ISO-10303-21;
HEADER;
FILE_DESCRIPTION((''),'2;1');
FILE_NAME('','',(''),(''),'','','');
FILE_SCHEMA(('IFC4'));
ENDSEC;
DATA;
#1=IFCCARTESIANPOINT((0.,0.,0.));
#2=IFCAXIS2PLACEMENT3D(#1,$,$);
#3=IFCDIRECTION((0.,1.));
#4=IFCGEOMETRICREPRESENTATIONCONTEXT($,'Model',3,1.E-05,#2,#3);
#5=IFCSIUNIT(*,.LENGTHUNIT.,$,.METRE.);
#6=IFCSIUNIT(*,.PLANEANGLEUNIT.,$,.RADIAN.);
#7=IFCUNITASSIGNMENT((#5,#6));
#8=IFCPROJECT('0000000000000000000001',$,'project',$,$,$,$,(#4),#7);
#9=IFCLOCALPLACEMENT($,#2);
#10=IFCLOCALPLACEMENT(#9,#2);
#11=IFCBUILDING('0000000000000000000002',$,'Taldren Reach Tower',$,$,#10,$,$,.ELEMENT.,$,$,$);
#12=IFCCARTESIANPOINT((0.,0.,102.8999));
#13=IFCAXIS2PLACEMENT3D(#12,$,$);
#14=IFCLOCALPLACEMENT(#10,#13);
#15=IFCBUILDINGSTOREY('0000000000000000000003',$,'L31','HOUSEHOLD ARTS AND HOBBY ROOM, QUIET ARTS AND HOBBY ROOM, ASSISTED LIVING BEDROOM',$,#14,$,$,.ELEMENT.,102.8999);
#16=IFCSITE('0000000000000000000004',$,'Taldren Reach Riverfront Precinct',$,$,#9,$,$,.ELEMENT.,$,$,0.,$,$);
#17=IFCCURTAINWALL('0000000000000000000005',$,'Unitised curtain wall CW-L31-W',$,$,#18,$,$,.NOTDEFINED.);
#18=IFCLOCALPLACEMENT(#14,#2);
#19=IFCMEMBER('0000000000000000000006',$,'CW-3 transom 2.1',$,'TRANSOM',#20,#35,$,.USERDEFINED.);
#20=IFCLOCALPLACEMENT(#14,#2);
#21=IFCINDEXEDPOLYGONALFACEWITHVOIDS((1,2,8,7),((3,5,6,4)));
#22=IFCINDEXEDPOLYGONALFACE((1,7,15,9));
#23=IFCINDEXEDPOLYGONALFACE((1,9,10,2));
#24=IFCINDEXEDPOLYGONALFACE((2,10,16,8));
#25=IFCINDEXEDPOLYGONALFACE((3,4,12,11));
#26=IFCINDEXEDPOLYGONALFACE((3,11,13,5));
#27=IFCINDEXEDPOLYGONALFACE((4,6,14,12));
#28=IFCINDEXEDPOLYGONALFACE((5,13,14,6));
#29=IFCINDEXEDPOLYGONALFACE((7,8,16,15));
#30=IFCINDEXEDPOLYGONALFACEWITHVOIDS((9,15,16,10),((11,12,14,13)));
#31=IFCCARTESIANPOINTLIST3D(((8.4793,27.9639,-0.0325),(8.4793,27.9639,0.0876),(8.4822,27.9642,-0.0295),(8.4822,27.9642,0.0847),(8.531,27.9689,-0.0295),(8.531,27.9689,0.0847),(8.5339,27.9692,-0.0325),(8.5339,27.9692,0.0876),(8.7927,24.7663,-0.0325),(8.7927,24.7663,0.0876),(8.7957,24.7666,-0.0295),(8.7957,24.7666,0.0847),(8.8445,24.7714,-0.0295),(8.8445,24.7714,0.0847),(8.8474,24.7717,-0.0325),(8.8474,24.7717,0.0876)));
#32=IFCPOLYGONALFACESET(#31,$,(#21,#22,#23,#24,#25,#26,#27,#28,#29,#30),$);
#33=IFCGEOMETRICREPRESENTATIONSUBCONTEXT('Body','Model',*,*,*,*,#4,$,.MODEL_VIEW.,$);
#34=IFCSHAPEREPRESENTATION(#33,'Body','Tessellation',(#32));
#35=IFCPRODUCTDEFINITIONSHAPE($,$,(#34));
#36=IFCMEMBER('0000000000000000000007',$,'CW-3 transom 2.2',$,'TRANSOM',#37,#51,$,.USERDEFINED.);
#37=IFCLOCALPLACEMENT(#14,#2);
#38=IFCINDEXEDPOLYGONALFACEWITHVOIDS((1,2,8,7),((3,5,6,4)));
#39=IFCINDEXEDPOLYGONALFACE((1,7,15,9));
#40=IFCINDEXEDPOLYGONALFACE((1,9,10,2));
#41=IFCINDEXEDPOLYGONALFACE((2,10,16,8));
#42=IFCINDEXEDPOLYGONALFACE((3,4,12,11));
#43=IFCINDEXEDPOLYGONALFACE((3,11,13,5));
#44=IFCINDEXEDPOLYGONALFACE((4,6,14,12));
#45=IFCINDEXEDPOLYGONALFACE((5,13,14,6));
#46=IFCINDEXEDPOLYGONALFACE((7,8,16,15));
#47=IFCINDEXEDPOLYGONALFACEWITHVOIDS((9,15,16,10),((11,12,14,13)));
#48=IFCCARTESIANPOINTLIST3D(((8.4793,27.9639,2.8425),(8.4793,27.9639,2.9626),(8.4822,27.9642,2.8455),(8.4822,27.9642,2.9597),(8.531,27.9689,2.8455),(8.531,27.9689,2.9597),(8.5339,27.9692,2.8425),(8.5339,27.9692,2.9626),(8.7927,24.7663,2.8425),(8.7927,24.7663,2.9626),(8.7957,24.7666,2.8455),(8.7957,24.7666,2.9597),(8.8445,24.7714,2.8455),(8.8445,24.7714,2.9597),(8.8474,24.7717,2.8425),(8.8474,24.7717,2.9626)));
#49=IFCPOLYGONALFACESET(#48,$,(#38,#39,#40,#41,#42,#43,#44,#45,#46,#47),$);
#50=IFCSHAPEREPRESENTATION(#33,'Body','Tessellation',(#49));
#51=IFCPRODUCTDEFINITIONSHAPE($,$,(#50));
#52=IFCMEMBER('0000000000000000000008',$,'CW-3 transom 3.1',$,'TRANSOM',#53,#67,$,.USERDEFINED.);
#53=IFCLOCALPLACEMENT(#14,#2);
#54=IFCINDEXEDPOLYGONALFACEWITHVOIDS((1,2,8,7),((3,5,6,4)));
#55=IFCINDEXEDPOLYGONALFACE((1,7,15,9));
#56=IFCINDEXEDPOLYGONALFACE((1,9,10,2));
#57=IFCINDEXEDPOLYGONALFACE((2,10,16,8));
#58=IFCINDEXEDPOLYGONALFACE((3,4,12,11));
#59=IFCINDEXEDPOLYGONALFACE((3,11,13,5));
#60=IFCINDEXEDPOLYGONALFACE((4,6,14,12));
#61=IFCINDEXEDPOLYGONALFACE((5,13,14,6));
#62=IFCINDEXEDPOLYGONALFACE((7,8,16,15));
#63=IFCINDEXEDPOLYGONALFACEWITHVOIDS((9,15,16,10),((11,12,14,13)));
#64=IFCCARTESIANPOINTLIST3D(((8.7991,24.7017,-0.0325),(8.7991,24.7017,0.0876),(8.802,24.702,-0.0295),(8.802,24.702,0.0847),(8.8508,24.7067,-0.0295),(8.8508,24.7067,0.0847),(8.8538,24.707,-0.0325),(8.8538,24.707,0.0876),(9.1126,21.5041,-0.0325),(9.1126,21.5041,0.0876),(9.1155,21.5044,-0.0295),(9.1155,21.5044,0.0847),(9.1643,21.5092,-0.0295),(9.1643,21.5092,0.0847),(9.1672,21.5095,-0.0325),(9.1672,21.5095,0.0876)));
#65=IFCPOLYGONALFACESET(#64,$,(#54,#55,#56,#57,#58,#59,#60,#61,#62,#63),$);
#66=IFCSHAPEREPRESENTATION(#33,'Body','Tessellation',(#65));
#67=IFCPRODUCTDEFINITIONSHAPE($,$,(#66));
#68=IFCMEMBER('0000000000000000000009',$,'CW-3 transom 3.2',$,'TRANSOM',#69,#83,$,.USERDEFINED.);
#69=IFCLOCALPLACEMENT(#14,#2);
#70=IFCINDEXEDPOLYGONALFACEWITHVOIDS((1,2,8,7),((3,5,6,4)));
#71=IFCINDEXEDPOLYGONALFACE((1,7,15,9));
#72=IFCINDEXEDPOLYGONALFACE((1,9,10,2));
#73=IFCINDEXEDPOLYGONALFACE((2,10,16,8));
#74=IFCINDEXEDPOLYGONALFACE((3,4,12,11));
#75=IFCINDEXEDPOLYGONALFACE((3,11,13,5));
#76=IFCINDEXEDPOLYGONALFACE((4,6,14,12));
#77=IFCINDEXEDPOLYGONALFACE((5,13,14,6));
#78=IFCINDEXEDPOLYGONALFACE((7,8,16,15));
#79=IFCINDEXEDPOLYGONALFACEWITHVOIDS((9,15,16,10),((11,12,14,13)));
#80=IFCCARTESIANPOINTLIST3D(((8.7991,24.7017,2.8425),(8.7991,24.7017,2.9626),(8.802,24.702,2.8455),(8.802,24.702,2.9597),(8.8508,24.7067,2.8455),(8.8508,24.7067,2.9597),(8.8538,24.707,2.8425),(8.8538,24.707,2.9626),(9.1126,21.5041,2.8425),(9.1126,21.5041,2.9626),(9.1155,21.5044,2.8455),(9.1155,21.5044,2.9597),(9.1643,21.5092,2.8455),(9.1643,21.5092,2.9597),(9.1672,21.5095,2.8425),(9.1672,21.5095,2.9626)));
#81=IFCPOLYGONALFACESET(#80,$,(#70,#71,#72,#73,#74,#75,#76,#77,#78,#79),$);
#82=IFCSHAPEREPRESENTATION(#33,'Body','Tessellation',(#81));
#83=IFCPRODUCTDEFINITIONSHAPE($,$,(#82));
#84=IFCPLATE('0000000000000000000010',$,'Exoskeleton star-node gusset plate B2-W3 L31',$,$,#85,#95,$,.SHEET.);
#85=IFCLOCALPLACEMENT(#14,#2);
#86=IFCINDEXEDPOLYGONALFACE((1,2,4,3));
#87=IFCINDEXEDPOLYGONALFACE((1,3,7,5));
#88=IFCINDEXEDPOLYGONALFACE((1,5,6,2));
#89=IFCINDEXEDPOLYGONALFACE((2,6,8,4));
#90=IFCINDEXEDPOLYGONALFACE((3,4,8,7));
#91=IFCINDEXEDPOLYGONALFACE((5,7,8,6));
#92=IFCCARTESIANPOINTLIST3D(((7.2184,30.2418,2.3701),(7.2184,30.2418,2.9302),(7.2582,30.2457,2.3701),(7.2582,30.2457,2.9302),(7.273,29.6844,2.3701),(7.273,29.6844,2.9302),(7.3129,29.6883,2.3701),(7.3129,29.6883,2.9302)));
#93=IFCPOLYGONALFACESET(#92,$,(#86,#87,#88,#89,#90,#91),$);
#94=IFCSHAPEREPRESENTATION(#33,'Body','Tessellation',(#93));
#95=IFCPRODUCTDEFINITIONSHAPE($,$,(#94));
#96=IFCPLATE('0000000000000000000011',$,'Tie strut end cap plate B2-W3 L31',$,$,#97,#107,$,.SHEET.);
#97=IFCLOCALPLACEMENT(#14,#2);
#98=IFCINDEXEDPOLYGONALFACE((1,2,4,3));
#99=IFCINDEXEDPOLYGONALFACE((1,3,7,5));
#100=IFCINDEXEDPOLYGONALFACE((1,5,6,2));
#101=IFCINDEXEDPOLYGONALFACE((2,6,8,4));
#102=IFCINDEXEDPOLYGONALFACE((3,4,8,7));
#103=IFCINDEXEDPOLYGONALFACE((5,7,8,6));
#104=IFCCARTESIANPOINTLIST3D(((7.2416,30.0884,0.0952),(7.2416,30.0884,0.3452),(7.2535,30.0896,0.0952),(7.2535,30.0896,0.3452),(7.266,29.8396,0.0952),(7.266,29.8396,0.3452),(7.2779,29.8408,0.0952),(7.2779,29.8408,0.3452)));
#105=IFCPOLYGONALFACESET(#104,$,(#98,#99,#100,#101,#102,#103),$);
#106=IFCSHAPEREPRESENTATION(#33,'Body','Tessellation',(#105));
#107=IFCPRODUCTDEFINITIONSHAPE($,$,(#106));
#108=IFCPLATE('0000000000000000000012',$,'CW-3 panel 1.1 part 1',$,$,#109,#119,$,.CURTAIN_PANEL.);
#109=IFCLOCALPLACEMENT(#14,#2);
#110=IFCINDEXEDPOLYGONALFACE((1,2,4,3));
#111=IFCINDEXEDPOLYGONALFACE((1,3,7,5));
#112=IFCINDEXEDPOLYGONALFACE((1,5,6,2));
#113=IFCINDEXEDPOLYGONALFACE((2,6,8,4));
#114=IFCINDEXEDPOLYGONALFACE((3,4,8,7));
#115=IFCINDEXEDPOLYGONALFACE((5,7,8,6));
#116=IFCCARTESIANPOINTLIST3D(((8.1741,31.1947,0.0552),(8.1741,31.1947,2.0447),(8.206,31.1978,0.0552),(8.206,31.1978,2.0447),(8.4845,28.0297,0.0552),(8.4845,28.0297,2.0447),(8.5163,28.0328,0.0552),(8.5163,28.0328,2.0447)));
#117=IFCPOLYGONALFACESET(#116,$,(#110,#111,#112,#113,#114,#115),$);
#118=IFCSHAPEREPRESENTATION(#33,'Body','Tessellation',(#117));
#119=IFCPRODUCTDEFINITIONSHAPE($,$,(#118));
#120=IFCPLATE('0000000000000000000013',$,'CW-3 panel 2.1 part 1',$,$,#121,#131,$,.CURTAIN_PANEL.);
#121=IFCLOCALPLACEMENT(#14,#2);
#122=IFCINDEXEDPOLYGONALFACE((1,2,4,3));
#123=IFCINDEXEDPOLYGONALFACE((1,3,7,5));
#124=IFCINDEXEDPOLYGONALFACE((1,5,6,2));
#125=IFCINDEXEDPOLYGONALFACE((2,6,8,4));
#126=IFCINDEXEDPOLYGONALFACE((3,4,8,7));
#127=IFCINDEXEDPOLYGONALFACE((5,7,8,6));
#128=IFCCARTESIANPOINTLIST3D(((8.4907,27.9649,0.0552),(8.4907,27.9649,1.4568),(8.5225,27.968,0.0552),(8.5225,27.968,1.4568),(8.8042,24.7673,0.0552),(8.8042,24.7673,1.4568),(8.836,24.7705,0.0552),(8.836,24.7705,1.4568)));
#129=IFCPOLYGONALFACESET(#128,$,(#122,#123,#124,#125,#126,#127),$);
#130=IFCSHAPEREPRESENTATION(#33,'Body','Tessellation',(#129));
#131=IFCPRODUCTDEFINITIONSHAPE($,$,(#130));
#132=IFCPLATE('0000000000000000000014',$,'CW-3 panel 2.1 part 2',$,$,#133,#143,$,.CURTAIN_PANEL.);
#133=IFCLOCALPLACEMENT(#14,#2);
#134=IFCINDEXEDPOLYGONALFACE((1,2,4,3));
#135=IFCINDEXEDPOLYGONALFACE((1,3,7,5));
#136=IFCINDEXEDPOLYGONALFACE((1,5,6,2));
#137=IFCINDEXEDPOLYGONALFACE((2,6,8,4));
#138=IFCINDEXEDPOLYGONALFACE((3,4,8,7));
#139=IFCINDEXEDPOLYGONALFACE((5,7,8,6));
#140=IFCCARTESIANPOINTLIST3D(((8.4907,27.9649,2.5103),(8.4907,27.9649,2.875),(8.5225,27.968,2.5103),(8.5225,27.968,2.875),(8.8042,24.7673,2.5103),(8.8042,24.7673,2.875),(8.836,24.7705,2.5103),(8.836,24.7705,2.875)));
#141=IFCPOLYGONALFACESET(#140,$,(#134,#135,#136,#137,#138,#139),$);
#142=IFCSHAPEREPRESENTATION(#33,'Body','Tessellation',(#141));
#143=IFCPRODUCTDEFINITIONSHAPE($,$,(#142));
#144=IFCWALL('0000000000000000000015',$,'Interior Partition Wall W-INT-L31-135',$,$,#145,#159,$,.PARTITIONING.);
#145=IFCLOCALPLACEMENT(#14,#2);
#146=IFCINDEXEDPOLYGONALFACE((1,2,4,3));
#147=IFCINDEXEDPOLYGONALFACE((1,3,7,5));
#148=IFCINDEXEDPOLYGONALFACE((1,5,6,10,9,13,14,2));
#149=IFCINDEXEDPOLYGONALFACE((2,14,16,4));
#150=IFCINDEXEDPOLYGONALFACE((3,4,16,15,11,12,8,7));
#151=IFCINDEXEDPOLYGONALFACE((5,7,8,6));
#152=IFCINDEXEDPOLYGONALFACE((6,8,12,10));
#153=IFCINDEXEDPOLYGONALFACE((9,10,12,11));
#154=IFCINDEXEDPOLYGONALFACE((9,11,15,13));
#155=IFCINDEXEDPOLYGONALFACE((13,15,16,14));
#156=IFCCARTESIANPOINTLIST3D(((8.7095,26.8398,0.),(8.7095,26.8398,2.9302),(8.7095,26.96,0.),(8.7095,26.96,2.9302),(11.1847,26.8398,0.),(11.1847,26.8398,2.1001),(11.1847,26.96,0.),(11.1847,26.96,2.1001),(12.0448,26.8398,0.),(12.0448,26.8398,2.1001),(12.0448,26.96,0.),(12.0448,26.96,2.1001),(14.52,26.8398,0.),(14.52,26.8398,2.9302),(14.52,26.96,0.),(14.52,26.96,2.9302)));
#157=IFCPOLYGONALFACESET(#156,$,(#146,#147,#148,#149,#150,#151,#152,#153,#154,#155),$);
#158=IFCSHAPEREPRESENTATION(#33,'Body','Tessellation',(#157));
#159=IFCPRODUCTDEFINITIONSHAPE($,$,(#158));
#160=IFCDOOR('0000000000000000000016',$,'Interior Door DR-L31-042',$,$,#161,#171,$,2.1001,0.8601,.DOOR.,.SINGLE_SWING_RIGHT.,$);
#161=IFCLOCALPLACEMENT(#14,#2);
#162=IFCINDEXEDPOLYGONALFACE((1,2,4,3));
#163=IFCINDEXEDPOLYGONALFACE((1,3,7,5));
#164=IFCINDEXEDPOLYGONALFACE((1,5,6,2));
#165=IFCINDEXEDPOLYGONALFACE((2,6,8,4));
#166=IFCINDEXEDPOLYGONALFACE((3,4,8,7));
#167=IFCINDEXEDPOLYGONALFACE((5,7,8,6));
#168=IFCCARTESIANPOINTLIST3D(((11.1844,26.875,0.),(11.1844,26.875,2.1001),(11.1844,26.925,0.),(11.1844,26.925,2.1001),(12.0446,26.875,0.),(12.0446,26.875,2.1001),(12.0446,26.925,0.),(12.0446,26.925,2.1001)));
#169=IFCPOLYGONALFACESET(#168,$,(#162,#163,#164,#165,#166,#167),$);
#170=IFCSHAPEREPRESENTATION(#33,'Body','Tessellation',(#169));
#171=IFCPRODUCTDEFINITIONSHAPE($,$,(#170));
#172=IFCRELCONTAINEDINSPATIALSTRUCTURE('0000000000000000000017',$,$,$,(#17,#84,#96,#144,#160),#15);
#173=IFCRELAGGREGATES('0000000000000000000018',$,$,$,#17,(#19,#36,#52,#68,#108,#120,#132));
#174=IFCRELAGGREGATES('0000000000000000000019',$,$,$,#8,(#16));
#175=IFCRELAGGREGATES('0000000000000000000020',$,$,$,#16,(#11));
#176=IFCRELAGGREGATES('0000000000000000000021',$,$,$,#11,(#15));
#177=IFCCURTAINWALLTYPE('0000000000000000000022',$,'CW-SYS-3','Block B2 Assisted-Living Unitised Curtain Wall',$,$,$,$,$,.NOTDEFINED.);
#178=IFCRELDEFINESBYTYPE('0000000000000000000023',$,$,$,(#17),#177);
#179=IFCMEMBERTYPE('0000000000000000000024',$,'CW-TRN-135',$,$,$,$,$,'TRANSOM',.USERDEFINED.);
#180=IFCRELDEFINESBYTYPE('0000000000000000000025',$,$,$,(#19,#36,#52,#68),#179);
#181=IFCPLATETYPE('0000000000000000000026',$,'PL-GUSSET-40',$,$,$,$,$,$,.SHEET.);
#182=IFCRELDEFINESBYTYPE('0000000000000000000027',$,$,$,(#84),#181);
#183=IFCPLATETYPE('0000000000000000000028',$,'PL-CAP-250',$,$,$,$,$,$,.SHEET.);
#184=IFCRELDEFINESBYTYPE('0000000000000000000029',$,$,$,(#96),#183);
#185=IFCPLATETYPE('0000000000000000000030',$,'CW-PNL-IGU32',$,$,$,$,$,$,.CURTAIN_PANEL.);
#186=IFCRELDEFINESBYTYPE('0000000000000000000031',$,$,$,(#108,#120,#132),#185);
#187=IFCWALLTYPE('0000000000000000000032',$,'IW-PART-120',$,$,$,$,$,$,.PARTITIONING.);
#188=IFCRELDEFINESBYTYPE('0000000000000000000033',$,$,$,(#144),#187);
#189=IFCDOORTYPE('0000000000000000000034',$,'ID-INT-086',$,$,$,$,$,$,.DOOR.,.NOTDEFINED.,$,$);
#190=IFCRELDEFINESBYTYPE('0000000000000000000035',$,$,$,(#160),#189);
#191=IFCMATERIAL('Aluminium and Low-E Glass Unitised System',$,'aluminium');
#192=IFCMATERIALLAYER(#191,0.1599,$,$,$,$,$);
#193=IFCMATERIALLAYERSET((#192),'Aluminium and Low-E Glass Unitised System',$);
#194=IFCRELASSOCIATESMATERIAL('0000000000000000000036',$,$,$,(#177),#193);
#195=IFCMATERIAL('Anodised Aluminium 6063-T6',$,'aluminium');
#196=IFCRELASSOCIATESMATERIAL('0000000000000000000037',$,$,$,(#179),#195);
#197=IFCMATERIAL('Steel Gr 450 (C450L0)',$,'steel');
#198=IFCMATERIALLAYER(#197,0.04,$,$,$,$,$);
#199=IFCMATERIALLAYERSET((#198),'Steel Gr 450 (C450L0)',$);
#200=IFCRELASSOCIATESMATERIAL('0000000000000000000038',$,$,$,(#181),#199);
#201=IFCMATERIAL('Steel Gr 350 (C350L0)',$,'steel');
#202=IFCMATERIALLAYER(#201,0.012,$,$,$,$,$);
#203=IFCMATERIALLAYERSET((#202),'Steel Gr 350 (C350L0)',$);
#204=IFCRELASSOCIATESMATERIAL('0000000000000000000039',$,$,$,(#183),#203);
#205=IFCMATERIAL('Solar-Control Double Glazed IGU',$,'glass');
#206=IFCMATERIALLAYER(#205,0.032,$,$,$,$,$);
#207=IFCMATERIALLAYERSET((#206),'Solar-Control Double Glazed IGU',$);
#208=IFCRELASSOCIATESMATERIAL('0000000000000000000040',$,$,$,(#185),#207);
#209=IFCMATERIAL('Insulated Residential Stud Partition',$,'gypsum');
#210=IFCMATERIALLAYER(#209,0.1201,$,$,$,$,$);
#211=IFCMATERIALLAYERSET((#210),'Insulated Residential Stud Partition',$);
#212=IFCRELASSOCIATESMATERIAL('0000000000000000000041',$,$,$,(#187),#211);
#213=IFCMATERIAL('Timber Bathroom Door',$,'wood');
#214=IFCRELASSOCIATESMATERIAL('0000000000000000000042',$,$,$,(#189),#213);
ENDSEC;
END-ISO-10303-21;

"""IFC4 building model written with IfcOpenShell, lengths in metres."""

from ifc_helpers import new_model, si_unit, direction, frame, frame_2d, origin, origin_2d, place, context, subcontext, project, spatial, rectangle, hollow_rectangle, extrude, source, transform, mapped, material, layer, layer_set, material_profile, profile_set, type_object, element, fill, aggregate, save


model = new_model("IFC4")

# Units and contexts
model_context = context("Model", 3, precision=1e-05, world=origin(), true_north=direction((0.0, 1.0)))
body_context = subcontext(model_context, "Body", "Model", "MODEL_VIEW")
ifc_project = project(units=[si_unit("LENGTHUNIT", "METRE"), si_unit("PLANEANGLEUNIT", "RADIAN")], contexts=[model_context])

# Site, building, storey
site_placement = place(None, origin())
site = spatial("IfcSite", under=ifc_project, at=site_placement, Name="Taldren Reach Riverfront Precinct", CompositionType="ELEMENT", RefElevation=0.0)
building_placement = place(site_placement, origin())
building = spatial("IfcBuilding", under=site, at=building_placement, Name="Taldren Reach Tower", CompositionType="ELEMENT")
storey_placement = place(building_placement, frame((0.0, 0.0, 102.8999)))
storey = spatial("IfcBuildingStorey", under=building, at=storey_placement, Name="L31", Description="HOUSEHOLD ARTS AND HOBBY ROOM, QUIET ARTS AND HOBBY ROOM, ASSISTED LIVING BEDROOM", CompositionType="ELEMENT", Elevation=102.8999)

# Shared definitions
ifc_material_1 = material(Name="Steel Gr 450 (C450L0)", Category="steel")
ifc_material_2 = material(Name="Steel Gr 350 (C350L0)", Category="steel")

# Curtain wall, members
ifc_material_3 = material(Name="Aluminium and Low-E Glass Unitised System", Category="aluminium")
ifc_layer_1 = layer(ifc_material_3, 0.1599)
ifc_layer_set_1 = layer_set([ifc_layer_1], Name="Aluminium and Low-E Glass Unitised System")
curtain_wall_type = type_object("IfcCurtainWallType", Name="CW-SYS-3", Description="Block B2 Assisted-Living Unitised Curtain Wall", PredefinedType="NOTDEFINED", material=ifc_layer_set_1)
curtain_wall_placement = place(storey_placement, origin())
curtain_wall = element("IfcCurtainWall", 1, at=curtain_wall_placement, inside=storey, type_object=curtain_wall_type, Name="Unitised curtain wall CW-L31-W", PredefinedType="NOTDEFINED")
ifc_material_4 = material(Name="Anodised Aluminium 6063-T6", Category="aluminium")
ifc_material_profile_1 = material_profile(ifc_material_4, hollow_rectangle(XDim=0.0549, YDim=0.1201, WallThickness=0.0029, at=origin_2d()), Name="ALU-120x55x3RHS")
ifc_profile_set_1 = profile_set([ifc_material_profile_1], Name="Anodised Aluminium 6063-T6")
member_type_1 = type_object("IfcMemberType", Name="CW-TRN-135", ElementType="TRANSOM", PredefinedType="USERDEFINED", material=ifc_profile_set_1)
shared_shape_1 = source(origin(), body_context, "Body", "SweptSolid", [
    extrude(hollow_rectangle(XDim=0.0549, YDim=0.1201, WallThickness=0.0029, at=origin_2d()), origin(), (0.0, 0.0, 1.0), 3.2129),
])
member_1_placement = place(storey_placement, frame((8.5066, 27.9666, 0.0276), z_axis=(0.09757, -0.995229, 0.0), x_axis=(0.995229, 0.09757, 0.0)))
member_1 = element("IfcMember", 2, at=member_1_placement, type_object=member_type_1, Name="CW-3 transom 2.1", ObjectType="TRANSOM", PredefinedType="USERDEFINED", context=body_context, shape_type="MappedRepresentation", body=[
    mapped(shared_shape_1, transform((0.0, 0.0, 0.0), scale=1.0)),
])
member_2_placement = place(storey_placement, frame((8.5066, 27.9666, 2.9026), z_axis=(0.09757, -0.995229, 0.0), x_axis=(0.995229, 0.09757, 0.0)))
member_2 = element("IfcMember", 3, at=member_2_placement, type_object=member_type_1, Name="CW-3 transom 2.2", ObjectType="TRANSOM", PredefinedType="USERDEFINED", context=body_context, shape_type="MappedRepresentation", body=[
    mapped(shared_shape_1, transform((0.0, 0.0, 0.0), scale=1.0)),
])
member_3_placement = place(storey_placement, frame((8.8264, 24.7043, 0.0276), z_axis=(0.09757, -0.995229, 0.0), x_axis=(0.995229, 0.09757, 0.0)))
member_3 = element("IfcMember", 4, at=member_3_placement, type_object=member_type_1, Name="CW-3 transom 3.1", ObjectType="TRANSOM", PredefinedType="USERDEFINED", context=body_context, shape_type="MappedRepresentation", body=[
    mapped(shared_shape_1, transform((0.0, 0.0, 0.0), scale=1.0)),
])
member_4_placement = place(storey_placement, frame((8.8264, 24.7043, 2.9026), z_axis=(0.09757, -0.995229, 0.0), x_axis=(0.995229, 0.09757, 0.0)))
member_4 = element("IfcMember", 5, at=member_4_placement, type_object=member_type_1, Name="CW-3 transom 3.2", ObjectType="TRANSOM", PredefinedType="USERDEFINED", context=body_context, shape_type="MappedRepresentation", body=[
    mapped(shared_shape_1, transform((0.0, 0.0, 0.0), scale=1.0)),
])

# Plates
ifc_layer_2 = layer(ifc_material_1, 0.04)
ifc_layer_set_2 = layer_set([ifc_layer_2], Name="Steel Gr 450 (C450L0)")
plate_type_1 = type_object("IfcPlateType", Name="PL-GUSSET-40", PredefinedType="SHEET", material=ifc_layer_set_2)
shared_shape_2 = source(origin(), body_context, "Body", "SweptSolid", [
    extrude(rectangle(XDim=0.5601, YDim=0.04, at=origin_2d()), origin(), (0.0, 0.0, 1.0), 0.5601),
])
plate_1_placement = place(storey_placement, frame((7.2656, 29.9651, 2.3701), z_axis=(0.0, 0.0, 1.0), x_axis=(-0.097583, 0.995227, 0.0)))
element("IfcPlate", 6, at=plate_1_placement, inside=storey, type_object=plate_type_1, Name="Exoskeleton star-node gusset plate B2-W3 L31", PredefinedType="SHEET", context=body_context, shape_type="MappedRepresentation", body=[
    mapped(shared_shape_2, transform((0.0, 0.0, 0.0), scale=1.0)),
])
ifc_layer_3 = layer(ifc_material_2, 0.012)
ifc_layer_set_3 = layer_set([ifc_layer_3], Name="Steel Gr 350 (C350L0)")
plate_type_2 = type_object("IfcPlateType", Name="PL-CAP-250", PredefinedType="SHEET", material=ifc_layer_set_3)
shared_shape_3 = source(origin(), body_context, "Body", "SweptSolid", [
    extrude(rectangle(XDim=0.012, YDim=0.25, at=origin_2d()), origin(), (0.0, 0.0, 1.0), 0.25),
])
plate_2_placement = place(storey_placement, frame((7.2598, 29.9646, 0.0952), z_axis=(0.0, 0.0, 1.0), x_axis=(0.995227, 0.097583, 0.0)))
element("IfcPlate", 7, at=plate_2_placement, inside=storey, type_object=plate_type_2, Name="Tie strut end cap plate B2-W3 L31", PredefinedType="SHEET", context=body_context, shape_type="MappedRepresentation", body=[
    mapped(shared_shape_3, transform((0.0, 0.0, 0.0), scale=1.0)),
])

# Plates
ifc_material_5 = material(Name="Solar-Control Double Glazed IGU", Category="glass")
ifc_layer_4 = layer(ifc_material_5, 0.032)
ifc_layer_set_4 = layer_set([ifc_layer_4], Name="Solar-Control Double Glazed IGU")
plate_type_3 = type_object("IfcPlateType", Name="CW-PNL-IGU32", PredefinedType="CURTAIN_PANEL", material=ifc_layer_set_4)
shared_shape_4 = source(origin(), body_context, "Body", "SweptSolid", [
    extrude(rectangle(XDim=3.1802, YDim=0.032, at=origin_2d()), origin(), (0.0, 0.0, 1.0), 1.9895),
])
plate_3_placement = place(storey_placement, frame((8.3452, 29.6138, 0.0552), z_axis=(0.0, 0.0, 1.0), x_axis=(0.097583, -0.995227, 0.0)))
plate_3 = element("IfcPlate", 8, at=plate_3_placement, type_object=plate_type_3, Name="CW-3 panel 1.1 part 1", PredefinedType="CURTAIN_PANEL", context=body_context, shape_type="MappedRepresentation", body=[
    mapped(shared_shape_4, transform((0.0, 0.0, 0.0), scale=1.0)),
])
shared_shape_5 = source(origin(), body_context, "Body", "SweptSolid", [
    extrude(rectangle(XDim=3.2129, YDim=0.032, at=origin_2d()), origin(), (0.0, 0.0, 1.0), 1.4016),
])
plate_4_placement = place(storey_placement, frame((8.6633, 26.3677, 0.0552), z_axis=(0.0, 0.0, 1.0), x_axis=(0.097583, -0.995227, 0.0)))
plate_4 = element("IfcPlate", 9, at=plate_4_placement, type_object=plate_type_3, Name="CW-3 panel 2.1 part 1", PredefinedType="CURTAIN_PANEL", context=body_context, shape_type="MappedRepresentation", body=[
    mapped(shared_shape_5, transform((0.0, 0.0, 0.0), scale=1.0)),
])
shared_shape_6 = source(origin(), body_context, "Body", "SweptSolid", [
    extrude(rectangle(XDim=3.2129, YDim=0.032, at=origin_2d()), origin(), (0.0, 0.0, 1.0), 0.3647),
])
plate_5_placement = place(storey_placement, frame((8.6633, 26.3677, 2.5103), z_axis=(0.0, 0.0, 1.0), x_axis=(0.097583, -0.995227, 0.0)))
plate_5 = element("IfcPlate", 10, at=plate_5_placement, type_object=plate_type_3, Name="CW-3 panel 2.1 part 2", PredefinedType="CURTAIN_PANEL", context=body_context, shape_type="MappedRepresentation", body=[
    mapped(shared_shape_6, transform((0.0, 0.0, 0.0), scale=1.0)),
])
aggregate(curtain_wall, [member_1, member_2, member_3, member_4, plate_3, plate_4, plate_5])

# Wall, opening, door
ifc_material_6 = material(Name="Insulated Residential Stud Partition", Category="gypsum")
ifc_layer_5 = layer(ifc_material_6, 0.1201)
ifc_layer_set_5 = layer_set([ifc_layer_5], Name="Insulated Residential Stud Partition")
wall_type = type_object("IfcWallType", Name="IW-PART-120", PredefinedType="PARTITIONING", material=ifc_layer_set_5)
shared_shape_7 = source(origin(), body_context, "Body", "SweptSolid", [
    extrude(rectangle(XDim=5.8105, YDim=0.1201, at=frame_2d((2.9053, 0.0))), origin(), (0.0, 0.0, 1.0), 2.9302),
])
wall_placement = place(storey_placement, frame((8.7095, 26.8999, 0.0), z_axis=(0.0, 0.0, 1.0), x_axis=(1.0, 0.0, 0.0)))
wall = element("IfcWall", 11, at=wall_placement, inside=storey, type_object=wall_type, Name="Interior Partition Wall W-INT-L31-135", PredefinedType="PARTITIONING", context=body_context, shape_type="MappedRepresentation", body=[
    mapped(shared_shape_7, transform((0.0, 0.0, 0.0), scale=1.0)),
])
shared_shape_8 = source(origin(), body_context, "Body", "SweptSolid", [
    extrude(rectangle(XDim=0.8601, YDim=2.1001, at=frame_2d((0.4302, 1.05))), frame((0.0, 0.0701, 0.0), z_axis=(0.0, -1.0, 0.0), x_axis=(1.0, 0.0, 0.0)), (0.0, 0.0, 1.0), 0.1401),
])
opening_placement = place(wall_placement, frame((2.4751, 0.0, 0.0)))
opening = element("IfcOpeningElement", 12, at=opening_placement, cuts=wall, PredefinedType="OPENING", context=body_context, shape_type="MappedRepresentation", body=[
    mapped(shared_shape_8, transform((0.0, 0.0, 0.0), scale=1.0)),
])
ifc_material_7 = material(Name="Timber Bathroom Door", Category="wood")
door_type = type_object("IfcDoorType", Name="ID-INT-086", OperationType="NOTDEFINED", PredefinedType="DOOR", material=ifc_material_7)
shared_shape_9 = source(origin(), body_context, "Body", "SweptSolid", [
    extrude(rectangle(XDim=0.8601, YDim=2.1001, at=frame_2d((0.4302, 1.05))), frame((0.0, 0.0249, 0.0), z_axis=(0.0, -1.0, 0.0), x_axis=(1.0, 0.0, 0.0)), (0.0, 0.0, 1.0), 0.05),
])
door_placement = place(opening_placement, frame((0.8601, 0.0, 0.0), z_axis=(0.0, 0.0, 1.0), x_axis=(-1.0, 0.0, 0.0)))
door = element("IfcDoor", 13, at=door_placement, inside=storey, type_object=door_type, Name="Interior Door DR-L31-042", OperationType="SINGLE_SWING_RIGHT", OverallHeight=2.1001, OverallWidth=0.8601, PredefinedType="DOOR", context=body_context, shape_type="MappedRepresentation", body=[
    mapped(shared_shape_9, transform((0.0, 0.0, 0.0), scale=1.0)),
])
fill(opening, door)

save(model, "model.ifc")
